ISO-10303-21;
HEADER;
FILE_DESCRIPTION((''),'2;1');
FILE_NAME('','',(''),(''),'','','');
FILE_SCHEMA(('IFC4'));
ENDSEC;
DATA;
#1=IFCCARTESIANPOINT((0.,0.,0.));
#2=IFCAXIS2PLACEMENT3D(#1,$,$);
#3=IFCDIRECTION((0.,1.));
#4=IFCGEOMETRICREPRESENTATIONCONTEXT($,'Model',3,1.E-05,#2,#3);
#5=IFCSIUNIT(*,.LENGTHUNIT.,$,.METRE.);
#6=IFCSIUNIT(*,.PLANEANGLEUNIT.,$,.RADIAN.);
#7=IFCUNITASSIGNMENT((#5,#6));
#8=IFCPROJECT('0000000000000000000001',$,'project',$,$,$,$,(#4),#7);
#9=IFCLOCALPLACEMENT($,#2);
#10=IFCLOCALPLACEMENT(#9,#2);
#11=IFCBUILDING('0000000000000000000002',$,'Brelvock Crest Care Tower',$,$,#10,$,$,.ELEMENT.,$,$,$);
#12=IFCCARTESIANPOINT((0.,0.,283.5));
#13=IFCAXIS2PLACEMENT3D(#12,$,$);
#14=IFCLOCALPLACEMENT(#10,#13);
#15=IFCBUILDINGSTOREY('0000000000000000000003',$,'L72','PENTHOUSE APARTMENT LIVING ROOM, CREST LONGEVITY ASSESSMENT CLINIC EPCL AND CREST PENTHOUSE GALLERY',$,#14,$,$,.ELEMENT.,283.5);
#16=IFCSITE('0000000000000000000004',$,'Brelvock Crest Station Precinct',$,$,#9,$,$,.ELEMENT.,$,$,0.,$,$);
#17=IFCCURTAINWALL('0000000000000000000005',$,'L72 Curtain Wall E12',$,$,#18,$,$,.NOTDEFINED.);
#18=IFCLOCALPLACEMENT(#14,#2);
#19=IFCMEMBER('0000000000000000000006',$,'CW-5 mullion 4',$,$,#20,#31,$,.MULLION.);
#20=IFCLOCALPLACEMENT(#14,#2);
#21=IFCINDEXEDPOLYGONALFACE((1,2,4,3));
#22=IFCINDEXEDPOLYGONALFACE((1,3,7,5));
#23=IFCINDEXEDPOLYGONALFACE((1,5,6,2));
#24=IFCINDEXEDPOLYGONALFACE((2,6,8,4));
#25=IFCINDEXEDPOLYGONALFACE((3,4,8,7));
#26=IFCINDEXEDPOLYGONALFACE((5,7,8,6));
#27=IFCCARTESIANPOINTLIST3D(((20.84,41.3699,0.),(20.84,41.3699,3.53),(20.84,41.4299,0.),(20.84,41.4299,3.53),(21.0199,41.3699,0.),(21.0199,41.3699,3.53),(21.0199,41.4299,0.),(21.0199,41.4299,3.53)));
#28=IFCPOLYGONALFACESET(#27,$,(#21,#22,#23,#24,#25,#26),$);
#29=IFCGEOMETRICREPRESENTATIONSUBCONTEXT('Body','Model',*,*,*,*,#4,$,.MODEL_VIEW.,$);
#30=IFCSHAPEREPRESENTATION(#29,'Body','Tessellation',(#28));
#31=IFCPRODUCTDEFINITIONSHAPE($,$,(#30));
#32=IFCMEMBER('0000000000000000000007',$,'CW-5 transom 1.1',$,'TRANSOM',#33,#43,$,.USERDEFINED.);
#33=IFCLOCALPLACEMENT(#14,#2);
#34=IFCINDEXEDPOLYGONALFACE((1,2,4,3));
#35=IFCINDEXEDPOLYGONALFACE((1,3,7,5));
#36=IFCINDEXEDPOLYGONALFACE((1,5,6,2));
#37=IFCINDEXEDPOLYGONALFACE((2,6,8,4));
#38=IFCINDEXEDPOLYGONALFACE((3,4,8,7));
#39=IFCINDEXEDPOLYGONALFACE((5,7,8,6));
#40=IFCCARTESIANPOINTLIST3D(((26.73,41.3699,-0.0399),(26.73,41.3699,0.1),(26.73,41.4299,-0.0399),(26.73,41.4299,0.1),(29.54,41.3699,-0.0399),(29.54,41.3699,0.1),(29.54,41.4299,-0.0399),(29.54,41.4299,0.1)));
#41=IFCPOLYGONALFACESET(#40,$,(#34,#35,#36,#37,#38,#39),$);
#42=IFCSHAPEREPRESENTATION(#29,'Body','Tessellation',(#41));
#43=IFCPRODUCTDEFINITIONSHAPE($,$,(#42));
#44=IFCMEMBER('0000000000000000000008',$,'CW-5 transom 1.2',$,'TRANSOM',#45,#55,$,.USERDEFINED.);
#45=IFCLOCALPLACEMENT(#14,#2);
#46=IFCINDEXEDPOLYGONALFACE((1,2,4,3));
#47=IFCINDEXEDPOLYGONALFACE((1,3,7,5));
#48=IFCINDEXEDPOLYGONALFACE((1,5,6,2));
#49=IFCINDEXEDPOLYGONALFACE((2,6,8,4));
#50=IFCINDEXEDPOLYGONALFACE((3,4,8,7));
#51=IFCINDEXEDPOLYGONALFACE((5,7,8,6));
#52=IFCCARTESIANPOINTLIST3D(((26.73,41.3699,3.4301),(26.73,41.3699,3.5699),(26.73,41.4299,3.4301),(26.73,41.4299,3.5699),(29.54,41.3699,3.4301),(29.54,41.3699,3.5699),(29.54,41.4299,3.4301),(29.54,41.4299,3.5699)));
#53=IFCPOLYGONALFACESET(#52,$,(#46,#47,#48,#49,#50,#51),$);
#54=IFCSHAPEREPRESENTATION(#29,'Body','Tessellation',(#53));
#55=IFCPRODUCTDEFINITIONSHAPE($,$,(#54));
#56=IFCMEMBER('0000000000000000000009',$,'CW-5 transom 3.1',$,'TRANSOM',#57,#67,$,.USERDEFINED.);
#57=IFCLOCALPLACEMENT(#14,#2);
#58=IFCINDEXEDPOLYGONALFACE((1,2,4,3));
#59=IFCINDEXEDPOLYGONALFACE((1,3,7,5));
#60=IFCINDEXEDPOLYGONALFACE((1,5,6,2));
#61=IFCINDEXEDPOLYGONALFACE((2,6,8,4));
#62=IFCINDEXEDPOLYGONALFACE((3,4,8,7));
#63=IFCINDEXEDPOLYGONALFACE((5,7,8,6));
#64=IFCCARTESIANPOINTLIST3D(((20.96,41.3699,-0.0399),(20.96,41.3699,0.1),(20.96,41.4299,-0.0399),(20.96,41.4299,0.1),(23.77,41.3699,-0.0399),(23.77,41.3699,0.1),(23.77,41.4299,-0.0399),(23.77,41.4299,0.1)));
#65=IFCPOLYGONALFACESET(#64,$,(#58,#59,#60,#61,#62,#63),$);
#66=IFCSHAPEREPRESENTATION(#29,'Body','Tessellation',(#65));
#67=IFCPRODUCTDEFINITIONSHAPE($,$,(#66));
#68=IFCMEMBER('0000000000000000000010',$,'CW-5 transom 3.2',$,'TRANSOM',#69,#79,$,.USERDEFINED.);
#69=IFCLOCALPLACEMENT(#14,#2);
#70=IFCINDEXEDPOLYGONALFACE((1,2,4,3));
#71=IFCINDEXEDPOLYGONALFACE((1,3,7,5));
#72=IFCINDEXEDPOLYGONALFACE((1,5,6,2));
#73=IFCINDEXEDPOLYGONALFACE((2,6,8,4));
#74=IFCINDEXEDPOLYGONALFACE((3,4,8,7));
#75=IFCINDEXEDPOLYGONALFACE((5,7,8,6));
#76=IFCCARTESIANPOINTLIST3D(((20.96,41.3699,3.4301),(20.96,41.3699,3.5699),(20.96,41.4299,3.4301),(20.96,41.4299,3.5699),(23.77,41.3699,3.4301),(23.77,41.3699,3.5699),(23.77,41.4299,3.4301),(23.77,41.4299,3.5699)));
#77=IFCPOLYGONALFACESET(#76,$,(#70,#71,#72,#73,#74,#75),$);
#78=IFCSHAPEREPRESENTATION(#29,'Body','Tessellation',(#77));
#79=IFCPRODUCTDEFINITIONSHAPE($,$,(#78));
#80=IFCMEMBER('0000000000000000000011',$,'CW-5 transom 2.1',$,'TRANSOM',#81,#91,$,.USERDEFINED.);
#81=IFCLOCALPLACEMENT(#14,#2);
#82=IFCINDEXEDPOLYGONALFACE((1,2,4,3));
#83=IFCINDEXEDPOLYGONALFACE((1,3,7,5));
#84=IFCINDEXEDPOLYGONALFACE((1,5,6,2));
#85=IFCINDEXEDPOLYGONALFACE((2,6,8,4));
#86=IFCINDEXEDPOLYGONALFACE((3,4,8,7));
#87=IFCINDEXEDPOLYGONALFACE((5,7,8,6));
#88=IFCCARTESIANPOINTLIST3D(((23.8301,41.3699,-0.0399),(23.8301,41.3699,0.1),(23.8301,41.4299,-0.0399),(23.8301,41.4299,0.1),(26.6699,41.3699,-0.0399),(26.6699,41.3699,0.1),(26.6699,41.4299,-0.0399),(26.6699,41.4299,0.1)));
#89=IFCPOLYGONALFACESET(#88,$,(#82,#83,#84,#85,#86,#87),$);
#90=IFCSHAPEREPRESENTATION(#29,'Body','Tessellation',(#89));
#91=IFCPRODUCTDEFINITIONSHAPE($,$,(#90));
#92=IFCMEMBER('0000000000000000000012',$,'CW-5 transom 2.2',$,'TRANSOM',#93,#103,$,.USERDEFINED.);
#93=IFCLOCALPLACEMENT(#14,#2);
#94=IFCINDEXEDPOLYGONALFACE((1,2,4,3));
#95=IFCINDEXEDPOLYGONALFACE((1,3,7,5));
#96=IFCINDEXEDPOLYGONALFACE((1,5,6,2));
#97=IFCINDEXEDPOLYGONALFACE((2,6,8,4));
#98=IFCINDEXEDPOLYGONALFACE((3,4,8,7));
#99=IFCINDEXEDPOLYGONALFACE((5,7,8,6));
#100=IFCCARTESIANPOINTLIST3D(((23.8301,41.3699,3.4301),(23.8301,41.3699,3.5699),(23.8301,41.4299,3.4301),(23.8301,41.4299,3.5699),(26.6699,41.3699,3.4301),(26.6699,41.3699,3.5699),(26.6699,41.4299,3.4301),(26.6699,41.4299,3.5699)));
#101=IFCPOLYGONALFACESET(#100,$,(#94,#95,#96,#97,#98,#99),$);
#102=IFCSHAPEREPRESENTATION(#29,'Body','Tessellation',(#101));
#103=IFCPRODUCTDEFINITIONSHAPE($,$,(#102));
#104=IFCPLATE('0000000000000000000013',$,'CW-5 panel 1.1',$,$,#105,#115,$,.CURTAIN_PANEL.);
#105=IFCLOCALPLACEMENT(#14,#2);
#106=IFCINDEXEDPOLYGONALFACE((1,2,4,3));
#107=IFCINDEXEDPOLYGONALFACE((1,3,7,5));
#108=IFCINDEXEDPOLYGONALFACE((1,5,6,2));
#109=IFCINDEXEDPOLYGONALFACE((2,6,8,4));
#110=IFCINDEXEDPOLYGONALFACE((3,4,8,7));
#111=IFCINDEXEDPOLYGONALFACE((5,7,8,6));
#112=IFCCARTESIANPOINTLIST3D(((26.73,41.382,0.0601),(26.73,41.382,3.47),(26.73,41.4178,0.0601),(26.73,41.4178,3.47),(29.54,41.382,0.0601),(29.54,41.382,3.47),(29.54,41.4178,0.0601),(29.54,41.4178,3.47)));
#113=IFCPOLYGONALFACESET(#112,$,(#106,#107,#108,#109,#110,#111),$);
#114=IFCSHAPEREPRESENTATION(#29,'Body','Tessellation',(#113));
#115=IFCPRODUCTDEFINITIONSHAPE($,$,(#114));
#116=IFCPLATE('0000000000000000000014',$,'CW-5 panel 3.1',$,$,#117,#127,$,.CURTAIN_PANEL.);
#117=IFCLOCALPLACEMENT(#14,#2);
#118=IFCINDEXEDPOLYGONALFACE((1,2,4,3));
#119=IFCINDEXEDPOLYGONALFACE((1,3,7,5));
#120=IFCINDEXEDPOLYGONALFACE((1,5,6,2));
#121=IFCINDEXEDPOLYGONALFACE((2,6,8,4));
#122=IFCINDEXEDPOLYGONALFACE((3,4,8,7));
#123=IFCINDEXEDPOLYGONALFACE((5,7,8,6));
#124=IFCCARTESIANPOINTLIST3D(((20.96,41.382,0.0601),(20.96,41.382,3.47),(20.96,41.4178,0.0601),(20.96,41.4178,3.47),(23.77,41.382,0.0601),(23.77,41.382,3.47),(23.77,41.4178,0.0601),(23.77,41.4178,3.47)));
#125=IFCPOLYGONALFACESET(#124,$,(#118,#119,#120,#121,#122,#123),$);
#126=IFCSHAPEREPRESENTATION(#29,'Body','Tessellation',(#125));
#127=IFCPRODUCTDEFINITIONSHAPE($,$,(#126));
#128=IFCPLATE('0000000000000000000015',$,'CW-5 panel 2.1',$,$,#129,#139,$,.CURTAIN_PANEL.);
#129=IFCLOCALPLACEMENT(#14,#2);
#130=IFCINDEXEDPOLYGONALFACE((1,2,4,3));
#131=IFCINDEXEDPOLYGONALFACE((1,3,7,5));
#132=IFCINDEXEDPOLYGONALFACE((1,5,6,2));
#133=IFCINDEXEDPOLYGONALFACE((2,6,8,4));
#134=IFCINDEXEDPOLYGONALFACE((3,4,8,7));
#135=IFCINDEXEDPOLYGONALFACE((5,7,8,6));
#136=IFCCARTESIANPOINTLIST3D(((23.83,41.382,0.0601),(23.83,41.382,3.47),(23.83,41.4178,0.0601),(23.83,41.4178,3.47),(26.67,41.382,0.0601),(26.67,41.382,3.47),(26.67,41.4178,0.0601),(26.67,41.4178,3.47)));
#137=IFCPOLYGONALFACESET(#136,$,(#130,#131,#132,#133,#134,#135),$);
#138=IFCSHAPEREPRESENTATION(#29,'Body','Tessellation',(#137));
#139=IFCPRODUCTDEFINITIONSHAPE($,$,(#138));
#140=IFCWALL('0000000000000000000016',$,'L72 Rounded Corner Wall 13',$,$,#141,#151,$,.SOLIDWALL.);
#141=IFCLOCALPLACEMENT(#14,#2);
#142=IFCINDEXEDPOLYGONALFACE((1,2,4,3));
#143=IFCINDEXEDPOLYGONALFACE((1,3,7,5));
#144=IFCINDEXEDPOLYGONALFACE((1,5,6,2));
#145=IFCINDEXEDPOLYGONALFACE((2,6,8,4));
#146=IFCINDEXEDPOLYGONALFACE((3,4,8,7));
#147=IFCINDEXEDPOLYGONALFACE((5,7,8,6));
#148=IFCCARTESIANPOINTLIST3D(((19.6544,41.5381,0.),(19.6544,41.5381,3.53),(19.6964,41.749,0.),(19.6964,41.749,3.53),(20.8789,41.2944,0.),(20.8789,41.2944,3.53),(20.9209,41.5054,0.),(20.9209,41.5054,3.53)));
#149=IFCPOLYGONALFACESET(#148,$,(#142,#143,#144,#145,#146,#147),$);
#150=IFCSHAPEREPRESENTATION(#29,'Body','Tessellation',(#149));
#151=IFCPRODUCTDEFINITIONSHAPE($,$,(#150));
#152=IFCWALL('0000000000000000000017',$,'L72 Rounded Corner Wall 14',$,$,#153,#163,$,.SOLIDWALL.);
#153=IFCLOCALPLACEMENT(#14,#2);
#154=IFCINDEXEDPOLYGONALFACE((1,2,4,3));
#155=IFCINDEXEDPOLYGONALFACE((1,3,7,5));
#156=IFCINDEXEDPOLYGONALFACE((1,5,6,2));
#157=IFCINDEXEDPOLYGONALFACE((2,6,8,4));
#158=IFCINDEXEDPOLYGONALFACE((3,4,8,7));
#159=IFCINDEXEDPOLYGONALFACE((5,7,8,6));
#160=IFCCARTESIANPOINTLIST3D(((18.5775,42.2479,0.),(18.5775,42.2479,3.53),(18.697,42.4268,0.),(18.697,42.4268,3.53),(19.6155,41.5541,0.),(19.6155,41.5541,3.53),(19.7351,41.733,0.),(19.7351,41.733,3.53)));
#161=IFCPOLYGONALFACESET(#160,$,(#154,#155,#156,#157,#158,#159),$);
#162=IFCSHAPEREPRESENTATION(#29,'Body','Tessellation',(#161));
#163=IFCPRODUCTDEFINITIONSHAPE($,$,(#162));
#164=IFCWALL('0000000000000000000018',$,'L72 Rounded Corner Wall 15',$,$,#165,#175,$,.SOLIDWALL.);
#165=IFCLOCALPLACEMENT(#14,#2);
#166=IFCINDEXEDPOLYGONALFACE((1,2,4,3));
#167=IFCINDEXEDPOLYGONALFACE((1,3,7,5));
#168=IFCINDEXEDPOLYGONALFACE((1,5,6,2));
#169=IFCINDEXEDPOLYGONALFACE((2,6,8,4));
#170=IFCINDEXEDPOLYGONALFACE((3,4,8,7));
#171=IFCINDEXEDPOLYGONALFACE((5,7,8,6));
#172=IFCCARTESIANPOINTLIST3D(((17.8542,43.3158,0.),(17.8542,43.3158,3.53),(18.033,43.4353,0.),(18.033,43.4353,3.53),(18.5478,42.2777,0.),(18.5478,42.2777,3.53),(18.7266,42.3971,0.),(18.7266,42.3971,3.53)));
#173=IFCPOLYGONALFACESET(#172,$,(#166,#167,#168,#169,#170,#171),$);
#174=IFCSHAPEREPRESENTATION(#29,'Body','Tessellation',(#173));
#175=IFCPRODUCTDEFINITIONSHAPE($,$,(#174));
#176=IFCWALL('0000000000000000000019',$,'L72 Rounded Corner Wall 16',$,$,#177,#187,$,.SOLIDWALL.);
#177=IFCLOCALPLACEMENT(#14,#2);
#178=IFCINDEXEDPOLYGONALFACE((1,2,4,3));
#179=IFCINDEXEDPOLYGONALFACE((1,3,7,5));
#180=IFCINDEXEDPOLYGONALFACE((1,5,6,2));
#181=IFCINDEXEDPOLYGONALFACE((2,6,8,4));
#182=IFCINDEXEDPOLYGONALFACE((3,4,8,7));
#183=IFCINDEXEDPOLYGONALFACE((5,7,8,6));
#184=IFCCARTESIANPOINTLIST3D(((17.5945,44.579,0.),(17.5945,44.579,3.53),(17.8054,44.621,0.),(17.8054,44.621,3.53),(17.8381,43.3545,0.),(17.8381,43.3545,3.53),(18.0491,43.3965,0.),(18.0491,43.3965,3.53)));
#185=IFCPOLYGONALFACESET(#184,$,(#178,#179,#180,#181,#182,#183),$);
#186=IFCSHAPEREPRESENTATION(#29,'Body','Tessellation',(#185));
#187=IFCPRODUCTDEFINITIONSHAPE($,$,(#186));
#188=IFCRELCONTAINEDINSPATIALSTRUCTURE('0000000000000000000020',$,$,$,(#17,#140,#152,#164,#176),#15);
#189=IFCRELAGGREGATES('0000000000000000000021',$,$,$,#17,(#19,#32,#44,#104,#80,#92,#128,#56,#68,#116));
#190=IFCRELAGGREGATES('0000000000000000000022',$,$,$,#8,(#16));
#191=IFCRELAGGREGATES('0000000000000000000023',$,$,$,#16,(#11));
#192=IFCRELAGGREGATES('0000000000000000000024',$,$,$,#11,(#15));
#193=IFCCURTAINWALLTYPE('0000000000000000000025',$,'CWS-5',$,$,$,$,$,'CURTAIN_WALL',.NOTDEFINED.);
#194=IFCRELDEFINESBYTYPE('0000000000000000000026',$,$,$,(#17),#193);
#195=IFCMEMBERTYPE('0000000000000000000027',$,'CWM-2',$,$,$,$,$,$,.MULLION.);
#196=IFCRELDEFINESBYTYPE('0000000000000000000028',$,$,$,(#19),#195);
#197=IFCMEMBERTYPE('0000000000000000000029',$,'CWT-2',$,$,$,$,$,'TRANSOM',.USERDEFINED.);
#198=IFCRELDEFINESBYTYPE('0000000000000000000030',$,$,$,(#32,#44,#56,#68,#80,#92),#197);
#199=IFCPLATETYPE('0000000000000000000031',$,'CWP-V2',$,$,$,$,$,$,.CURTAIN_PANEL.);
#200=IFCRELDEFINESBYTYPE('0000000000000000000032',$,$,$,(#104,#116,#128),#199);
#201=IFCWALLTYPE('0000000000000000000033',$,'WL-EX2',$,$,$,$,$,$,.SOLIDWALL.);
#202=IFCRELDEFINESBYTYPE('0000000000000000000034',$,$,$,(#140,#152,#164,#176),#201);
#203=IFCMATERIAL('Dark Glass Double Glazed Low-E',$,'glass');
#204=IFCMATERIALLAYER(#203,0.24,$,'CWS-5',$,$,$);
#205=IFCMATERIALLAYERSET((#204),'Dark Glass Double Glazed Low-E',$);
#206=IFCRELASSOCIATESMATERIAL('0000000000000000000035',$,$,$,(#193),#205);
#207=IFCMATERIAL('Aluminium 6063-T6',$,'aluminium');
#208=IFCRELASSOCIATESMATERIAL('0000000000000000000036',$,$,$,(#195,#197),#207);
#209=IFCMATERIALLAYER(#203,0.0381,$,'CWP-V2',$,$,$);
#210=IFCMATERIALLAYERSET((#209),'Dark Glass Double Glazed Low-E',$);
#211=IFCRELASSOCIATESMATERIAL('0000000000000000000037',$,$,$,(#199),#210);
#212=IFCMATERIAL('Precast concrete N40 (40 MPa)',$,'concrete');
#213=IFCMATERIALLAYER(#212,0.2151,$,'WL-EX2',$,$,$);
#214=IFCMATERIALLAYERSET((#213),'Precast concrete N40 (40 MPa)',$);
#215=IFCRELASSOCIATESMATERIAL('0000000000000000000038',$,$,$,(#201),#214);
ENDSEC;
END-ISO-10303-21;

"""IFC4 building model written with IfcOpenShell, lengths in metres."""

from ifc_helpers import new_model, si_unit, direction, frame, frame_2d, origin, origin_2d, place, context, subcontext, project, spatial, rectangle, extrude, source, transform, mapped, material, layer, layer_set, material_profile, profile_set, type_object, element, aggregate, save


model = new_model("IFC4")

# Units and contexts
model_context = context("Model", 3, precision=1e-05, world=origin(), true_north=direction((0.0, 1.0)))
body_context = subcontext(model_context, "Body", "Model", "MODEL_VIEW")
ifc_project = project(units=[si_unit("LENGTHUNIT", "METRE"), si_unit("PLANEANGLEUNIT", "RADIAN")], contexts=[model_context])

# Site, building, storey
site_placement = place(None, origin())
site = spatial("IfcSite", under=ifc_project, at=site_placement, Name="Brelvock Crest Station Precinct", CompositionType="ELEMENT", RefElevation=0.0)
building_placement = place(site_placement, origin())
building = spatial("IfcBuilding", under=site, at=building_placement, Name="Brelvock Crest Care Tower", CompositionType="ELEMENT")
storey_placement = place(building_placement, frame((0.0, 0.0, 283.5)))
storey = spatial("IfcBuildingStorey", under=building, at=storey_placement, Name="L72", Description="PENTHOUSE APARTMENT LIVING ROOM, CREST LONGEVITY ASSESSMENT CLINIC EPCL AND CREST PENTHOUSE GALLERY", CompositionType="ELEMENT", Elevation=283.5)

# Shared definitions
ifc_material_1 = material(Name="Dark Glass Double Glazed Low-E", Category="glass")
ifc_layer_1 = layer(ifc_material_1, 0.24, Name="CWS-5")
ifc_layer_set_1 = layer_set([ifc_layer_1], Name="Dark Glass Double Glazed Low-E")
curtain_wall_type = type_object("IfcCurtainWallType", Name="CWS-5", ElementType="CURTAIN_WALL", PredefinedType="NOTDEFINED", material=ifc_layer_set_1)
ifc_material_2 = material(Name="Aluminium 6063-T6", Category="aluminium")
ifc_material_profile_1 = material_profile(ifc_material_2, rectangle(XDim=0.0601, YDim=0.1799, at=origin_2d()), Name="ALU60x180")
ifc_profile_set_1 = profile_set([ifc_material_profile_1], Name="Aluminium 6063-T6")
member_type_1 = type_object("IfcMemberType", Name="CWM-2", PredefinedType="MULLION", material=ifc_profile_set_1)
shared_shape_1 = source(origin(), body_context, "Body", "SweptSolid", [
    extrude(rectangle(XDim=0.0601, YDim=0.1799, at=origin_2d()), origin(), (0.0, 0.0, 1.0), 3.53),
])

# Curtain wall, members, plates
curtain_wall_1_placement = place(storey_placement, origin())
curtain_wall_1 = element("IfcCurtainWall", 1, at=curtain_wall_1_placement, inside=storey, type_object=curtain_wall_type, Name="L72 Curtain Wall E12", PredefinedType="NOTDEFINED")
member_1_placement = place(storey_placement, frame((20.9299, 41.3999, 0.0), z_axis=(0.0, 0.0, 1.0), x_axis=(0.0, -1.0, 0.0)))
member_1 = element("IfcMember", 2, at=member_1_placement, type_object=member_type_1, Name="CW-5 mullion 4", PredefinedType="MULLION", context=body_context, shape_type="MappedRepresentation", body=[
    mapped(shared_shape_1, transform((0.0, 0.0, 0.0), x_axis=(1.0, 0.0, 0.0), y_axis=(0.0, 1.0, 0.0), z_axis=(0.0, 0.0, 1.0), scale=1.0)),
])
ifc_material_profile_2 = material_profile(ifc_material_2, rectangle(XDim=0.0601, YDim=0.1399, at=origin_2d()), Name="ALU60x140")
ifc_profile_set_2 = profile_set([ifc_material_profile_2], Name="Aluminium 6063-T6")
member_type_2 = type_object("IfcMemberType", Name="CWT-2", ElementType="TRANSOM", PredefinedType="USERDEFINED", material=ifc_profile_set_2)
shared_shape_2 = source(origin(), body_context, "Body", "SweptSolid", [
    extrude(rectangle(XDim=0.0601, YDim=0.1399, at=origin_2d()), origin(), (0.0, 0.0, 1.0), 2.8101),
])
member_2_placement = place(storey_placement, frame((29.54, 41.3999, 0.03), z_axis=(-1.0, 0.0, 0.0), x_axis=(0.0, -1.0, 0.0)))
member_2 = element("IfcMember", 3, at=member_2_placement, type_object=member_type_2, Name="CW-5 transom 1.1", ObjectType="TRANSOM", PredefinedType="USERDEFINED", context=body_context, shape_type="MappedRepresentation", body=[
    mapped(shared_shape_2, transform((0.0, 0.0, 0.0), x_axis=(1.0, 0.0, 0.0), y_axis=(0.0, 1.0, 0.0), z_axis=(0.0, 0.0, 1.0), scale=1.0)),
])
member_3_placement = place(storey_placement, frame((29.54, 41.3999, 3.5), z_axis=(-1.0, 0.0, 0.0), x_axis=(0.0, -1.0, 0.0)))
member_3 = element("IfcMember", 4, at=member_3_placement, type_object=member_type_2, Name="CW-5 transom 1.2", ObjectType="TRANSOM", PredefinedType="USERDEFINED", context=body_context, shape_type="MappedRepresentation", body=[
    mapped(shared_shape_2, transform((0.0, 0.0, 0.0), x_axis=(1.0, 0.0, 0.0), y_axis=(0.0, 1.0, 0.0), z_axis=(0.0, 0.0, 1.0), scale=1.0)),
])
member_4_placement = place(storey_placement, frame((23.77, 41.3999, 0.03), z_axis=(-1.0, 0.0, 0.0), x_axis=(0.0, -1.0, 0.0)))
member_4 = element("IfcMember", 5, at=member_4_placement, type_object=member_type_2, Name="CW-5 transom 3.1", ObjectType="TRANSOM", PredefinedType="USERDEFINED", context=body_context, shape_type="MappedRepresentation", body=[
    mapped(shared_shape_2, transform((0.0, 0.0, 0.0), x_axis=(1.0, 0.0, 0.0), y_axis=(0.0, 1.0, 0.0), z_axis=(0.0, 0.0, 1.0), scale=1.0)),
])
member_5_placement = place(storey_placement, frame((23.77, 41.3999, 3.5), z_axis=(-1.0, 0.0, 0.0), x_axis=(0.0, -1.0, 0.0)))
member_5 = element("IfcMember", 6, at=member_5_placement, type_object=member_type_2, Name="CW-5 transom 3.2", ObjectType="TRANSOM", PredefinedType="USERDEFINED", context=body_context, shape_type="MappedRepresentation", body=[
    mapped(shared_shape_2, transform((0.0, 0.0, 0.0), x_axis=(1.0, 0.0, 0.0), y_axis=(0.0, 1.0, 0.0), z_axis=(0.0, 0.0, 1.0), scale=1.0)),
])
shared_shape_3 = source(origin(), body_context, "Body", "SweptSolid", [
    extrude(rectangle(XDim=0.0601, YDim=0.1399, at=origin_2d()), origin(), (0.0, 0.0, 1.0), 2.8398),
])
member_6_placement = place(storey_placement, frame((26.6699, 41.3999, 0.03), z_axis=(-1.0, 0.0, 0.0), x_axis=(0.0, -1.0, 0.0)))
member_6 = element("IfcMember", 7, at=member_6_placement, type_object=member_type_2, Name="CW-5 transom 2.1", ObjectType="TRANSOM", PredefinedType="USERDEFINED", context=body_context, shape_type="MappedRepresentation", body=[
    mapped(shared_shape_3, transform((0.0, 0.0, 0.0), x_axis=(1.0, 0.0, 0.0), y_axis=(0.0, 1.0, 0.0), z_axis=(0.0, 0.0, 1.0), scale=1.0)),
])
member_7_placement = place(storey_placement, frame((26.6699, 41.3999, 3.5), z_axis=(-1.0, 0.0, 0.0), x_axis=(0.0, -1.0, 0.0)))
member_7 = element("IfcMember", 8, at=member_7_placement, type_object=member_type_2, Name="CW-5 transom 2.2", ObjectType="TRANSOM", PredefinedType="USERDEFINED", context=body_context, shape_type="MappedRepresentation", body=[
    mapped(shared_shape_3, transform((0.0, 0.0, 0.0), x_axis=(1.0, 0.0, 0.0), y_axis=(0.0, 1.0, 0.0), z_axis=(0.0, 0.0, 1.0), scale=1.0)),
])
ifc_layer_2 = layer(ifc_material_1, 0.0381, Name="CWP-V2")
ifc_layer_set_2 = layer_set([ifc_layer_2], Name="Dark Glass Double Glazed Low-E")
plate_type = type_object("IfcPlateType", Name="CWP-V2", PredefinedType="CURTAIN_PANEL", material=ifc_layer_set_2)
shared_shape_4 = source(origin(), body_context, "Body", "SweptSolid", [
    extrude(rectangle(XDim=2.8101, YDim=0.0359, at=origin_2d()), origin(), (0.0, 0.0, 1.0), 3.4099),
])
plate_1_placement = place(storey_placement, frame((28.135, 41.3999, 0.0601), z_axis=(0.0, 0.0, 1.0), x_axis=(-1.0, 0.0, 0.0)))
plate_1 = element("IfcPlate", 9, at=plate_1_placement, type_object=plate_type, Name="CW-5 panel 1.1", PredefinedType="CURTAIN_PANEL", context=body_context, shape_type="MappedRepresentation", body=[
    mapped(shared_shape_4, transform((0.0, 0.0, 0.0), x_axis=(1.0, 0.0, 0.0), y_axis=(0.0, 1.0, 0.0), z_axis=(0.0, 0.0, 1.0), scale=1.0)),
])
plate_2_placement = place(storey_placement, frame((22.365, 41.3999, 0.0601), z_axis=(0.0, 0.0, 1.0), x_axis=(-1.0, 0.0, 0.0)))
plate_2 = element("IfcPlate", 10, at=plate_2_placement, type_object=plate_type, Name="CW-5 panel 3.1", PredefinedType="CURTAIN_PANEL", context=body_context, shape_type="MappedRepresentation", body=[
    mapped(shared_shape_4, transform((0.0, 0.0, 0.0), x_axis=(1.0, 0.0, 0.0), y_axis=(0.0, 1.0, 0.0), z_axis=(0.0, 0.0, 1.0), scale=1.0)),
])
shared_shape_5 = source(origin(), body_context, "Body", "SweptSolid", [
    extrude(rectangle(XDim=2.8401, YDim=0.0359, at=origin_2d()), origin(), (0.0, 0.0, 1.0), 3.4099),
])
plate_3_placement = place(storey_placement, frame((25.25, 41.3999, 0.0601), z_axis=(0.0, 0.0, 1.0), x_axis=(-1.0, 0.0, 0.0)))
plate_3 = element("IfcPlate", 11, at=plate_3_placement, type_object=plate_type, Name="CW-5 panel 2.1", PredefinedType="CURTAIN_PANEL", context=body_context, shape_type="MappedRepresentation", body=[
    mapped(shared_shape_5, transform((0.0, 0.0, 0.0), x_axis=(1.0, 0.0, 0.0), y_axis=(0.0, 1.0, 0.0), z_axis=(0.0, 0.0, 1.0), scale=1.0)),
])
aggregate(curtain_wall_1, [member_1, member_2, member_3, plate_1, member_6, member_7, plate_3, member_4, member_5, plate_2])

# Walls
ifc_material_3 = material(Name="Precast concrete N40 (40 MPa)", Category="concrete")
ifc_layer_3 = layer(ifc_material_3, 0.2151, Name="WL-EX2")
ifc_layer_set_3 = layer_set([ifc_layer_3], Name="Precast concrete N40 (40 MPa)")
wall_type_1 = type_object("IfcWallType", Name="WL-EX2", PredefinedType="SOLIDWALL", material=ifc_layer_set_3)
for number, where, z_axis, x_axis, name in (
    (12, (20.8999, 41.3999, 0.0), (0.0, 0.0, 1.0), (-0.980776, 0.195138, 0.0), "L72 Rounded Corner Wall 13"),
    (13, (19.6753, 41.6436, 0.0), (0.0, 0.0, 1.0), (-0.831388, 0.555692, 0.0), "L72 Rounded Corner Wall 14"),
    (14, (18.6372, 42.3374, 0.0), (0.0, 0.0, 1.0), (-0.555557, 0.831478, 0.0), "L72 Rounded Corner Wall 15"),
    (15, (17.9436, 43.3755, 0.0), (0.0, 0.0, 1.0), (-0.195138, 0.980776, 0.0), "L72 Rounded Corner Wall 16"),
):
    element("IfcWall", number, at=place(storey_placement, frame(where, z_axis=z_axis, x_axis=x_axis)), inside=storey, type_object=wall_type_1, Name=name, PredefinedType="SOLIDWALL", context=body_context, shape_type="SweptSolid", body=[
        extrude(rectangle(XDim=1.2485, YDim=0.2151, at=frame_2d((0.6243, 0.0))), origin(), (0.0, 0.0, 1.0), 3.53),
    ])

save(model, "model.ifc")
